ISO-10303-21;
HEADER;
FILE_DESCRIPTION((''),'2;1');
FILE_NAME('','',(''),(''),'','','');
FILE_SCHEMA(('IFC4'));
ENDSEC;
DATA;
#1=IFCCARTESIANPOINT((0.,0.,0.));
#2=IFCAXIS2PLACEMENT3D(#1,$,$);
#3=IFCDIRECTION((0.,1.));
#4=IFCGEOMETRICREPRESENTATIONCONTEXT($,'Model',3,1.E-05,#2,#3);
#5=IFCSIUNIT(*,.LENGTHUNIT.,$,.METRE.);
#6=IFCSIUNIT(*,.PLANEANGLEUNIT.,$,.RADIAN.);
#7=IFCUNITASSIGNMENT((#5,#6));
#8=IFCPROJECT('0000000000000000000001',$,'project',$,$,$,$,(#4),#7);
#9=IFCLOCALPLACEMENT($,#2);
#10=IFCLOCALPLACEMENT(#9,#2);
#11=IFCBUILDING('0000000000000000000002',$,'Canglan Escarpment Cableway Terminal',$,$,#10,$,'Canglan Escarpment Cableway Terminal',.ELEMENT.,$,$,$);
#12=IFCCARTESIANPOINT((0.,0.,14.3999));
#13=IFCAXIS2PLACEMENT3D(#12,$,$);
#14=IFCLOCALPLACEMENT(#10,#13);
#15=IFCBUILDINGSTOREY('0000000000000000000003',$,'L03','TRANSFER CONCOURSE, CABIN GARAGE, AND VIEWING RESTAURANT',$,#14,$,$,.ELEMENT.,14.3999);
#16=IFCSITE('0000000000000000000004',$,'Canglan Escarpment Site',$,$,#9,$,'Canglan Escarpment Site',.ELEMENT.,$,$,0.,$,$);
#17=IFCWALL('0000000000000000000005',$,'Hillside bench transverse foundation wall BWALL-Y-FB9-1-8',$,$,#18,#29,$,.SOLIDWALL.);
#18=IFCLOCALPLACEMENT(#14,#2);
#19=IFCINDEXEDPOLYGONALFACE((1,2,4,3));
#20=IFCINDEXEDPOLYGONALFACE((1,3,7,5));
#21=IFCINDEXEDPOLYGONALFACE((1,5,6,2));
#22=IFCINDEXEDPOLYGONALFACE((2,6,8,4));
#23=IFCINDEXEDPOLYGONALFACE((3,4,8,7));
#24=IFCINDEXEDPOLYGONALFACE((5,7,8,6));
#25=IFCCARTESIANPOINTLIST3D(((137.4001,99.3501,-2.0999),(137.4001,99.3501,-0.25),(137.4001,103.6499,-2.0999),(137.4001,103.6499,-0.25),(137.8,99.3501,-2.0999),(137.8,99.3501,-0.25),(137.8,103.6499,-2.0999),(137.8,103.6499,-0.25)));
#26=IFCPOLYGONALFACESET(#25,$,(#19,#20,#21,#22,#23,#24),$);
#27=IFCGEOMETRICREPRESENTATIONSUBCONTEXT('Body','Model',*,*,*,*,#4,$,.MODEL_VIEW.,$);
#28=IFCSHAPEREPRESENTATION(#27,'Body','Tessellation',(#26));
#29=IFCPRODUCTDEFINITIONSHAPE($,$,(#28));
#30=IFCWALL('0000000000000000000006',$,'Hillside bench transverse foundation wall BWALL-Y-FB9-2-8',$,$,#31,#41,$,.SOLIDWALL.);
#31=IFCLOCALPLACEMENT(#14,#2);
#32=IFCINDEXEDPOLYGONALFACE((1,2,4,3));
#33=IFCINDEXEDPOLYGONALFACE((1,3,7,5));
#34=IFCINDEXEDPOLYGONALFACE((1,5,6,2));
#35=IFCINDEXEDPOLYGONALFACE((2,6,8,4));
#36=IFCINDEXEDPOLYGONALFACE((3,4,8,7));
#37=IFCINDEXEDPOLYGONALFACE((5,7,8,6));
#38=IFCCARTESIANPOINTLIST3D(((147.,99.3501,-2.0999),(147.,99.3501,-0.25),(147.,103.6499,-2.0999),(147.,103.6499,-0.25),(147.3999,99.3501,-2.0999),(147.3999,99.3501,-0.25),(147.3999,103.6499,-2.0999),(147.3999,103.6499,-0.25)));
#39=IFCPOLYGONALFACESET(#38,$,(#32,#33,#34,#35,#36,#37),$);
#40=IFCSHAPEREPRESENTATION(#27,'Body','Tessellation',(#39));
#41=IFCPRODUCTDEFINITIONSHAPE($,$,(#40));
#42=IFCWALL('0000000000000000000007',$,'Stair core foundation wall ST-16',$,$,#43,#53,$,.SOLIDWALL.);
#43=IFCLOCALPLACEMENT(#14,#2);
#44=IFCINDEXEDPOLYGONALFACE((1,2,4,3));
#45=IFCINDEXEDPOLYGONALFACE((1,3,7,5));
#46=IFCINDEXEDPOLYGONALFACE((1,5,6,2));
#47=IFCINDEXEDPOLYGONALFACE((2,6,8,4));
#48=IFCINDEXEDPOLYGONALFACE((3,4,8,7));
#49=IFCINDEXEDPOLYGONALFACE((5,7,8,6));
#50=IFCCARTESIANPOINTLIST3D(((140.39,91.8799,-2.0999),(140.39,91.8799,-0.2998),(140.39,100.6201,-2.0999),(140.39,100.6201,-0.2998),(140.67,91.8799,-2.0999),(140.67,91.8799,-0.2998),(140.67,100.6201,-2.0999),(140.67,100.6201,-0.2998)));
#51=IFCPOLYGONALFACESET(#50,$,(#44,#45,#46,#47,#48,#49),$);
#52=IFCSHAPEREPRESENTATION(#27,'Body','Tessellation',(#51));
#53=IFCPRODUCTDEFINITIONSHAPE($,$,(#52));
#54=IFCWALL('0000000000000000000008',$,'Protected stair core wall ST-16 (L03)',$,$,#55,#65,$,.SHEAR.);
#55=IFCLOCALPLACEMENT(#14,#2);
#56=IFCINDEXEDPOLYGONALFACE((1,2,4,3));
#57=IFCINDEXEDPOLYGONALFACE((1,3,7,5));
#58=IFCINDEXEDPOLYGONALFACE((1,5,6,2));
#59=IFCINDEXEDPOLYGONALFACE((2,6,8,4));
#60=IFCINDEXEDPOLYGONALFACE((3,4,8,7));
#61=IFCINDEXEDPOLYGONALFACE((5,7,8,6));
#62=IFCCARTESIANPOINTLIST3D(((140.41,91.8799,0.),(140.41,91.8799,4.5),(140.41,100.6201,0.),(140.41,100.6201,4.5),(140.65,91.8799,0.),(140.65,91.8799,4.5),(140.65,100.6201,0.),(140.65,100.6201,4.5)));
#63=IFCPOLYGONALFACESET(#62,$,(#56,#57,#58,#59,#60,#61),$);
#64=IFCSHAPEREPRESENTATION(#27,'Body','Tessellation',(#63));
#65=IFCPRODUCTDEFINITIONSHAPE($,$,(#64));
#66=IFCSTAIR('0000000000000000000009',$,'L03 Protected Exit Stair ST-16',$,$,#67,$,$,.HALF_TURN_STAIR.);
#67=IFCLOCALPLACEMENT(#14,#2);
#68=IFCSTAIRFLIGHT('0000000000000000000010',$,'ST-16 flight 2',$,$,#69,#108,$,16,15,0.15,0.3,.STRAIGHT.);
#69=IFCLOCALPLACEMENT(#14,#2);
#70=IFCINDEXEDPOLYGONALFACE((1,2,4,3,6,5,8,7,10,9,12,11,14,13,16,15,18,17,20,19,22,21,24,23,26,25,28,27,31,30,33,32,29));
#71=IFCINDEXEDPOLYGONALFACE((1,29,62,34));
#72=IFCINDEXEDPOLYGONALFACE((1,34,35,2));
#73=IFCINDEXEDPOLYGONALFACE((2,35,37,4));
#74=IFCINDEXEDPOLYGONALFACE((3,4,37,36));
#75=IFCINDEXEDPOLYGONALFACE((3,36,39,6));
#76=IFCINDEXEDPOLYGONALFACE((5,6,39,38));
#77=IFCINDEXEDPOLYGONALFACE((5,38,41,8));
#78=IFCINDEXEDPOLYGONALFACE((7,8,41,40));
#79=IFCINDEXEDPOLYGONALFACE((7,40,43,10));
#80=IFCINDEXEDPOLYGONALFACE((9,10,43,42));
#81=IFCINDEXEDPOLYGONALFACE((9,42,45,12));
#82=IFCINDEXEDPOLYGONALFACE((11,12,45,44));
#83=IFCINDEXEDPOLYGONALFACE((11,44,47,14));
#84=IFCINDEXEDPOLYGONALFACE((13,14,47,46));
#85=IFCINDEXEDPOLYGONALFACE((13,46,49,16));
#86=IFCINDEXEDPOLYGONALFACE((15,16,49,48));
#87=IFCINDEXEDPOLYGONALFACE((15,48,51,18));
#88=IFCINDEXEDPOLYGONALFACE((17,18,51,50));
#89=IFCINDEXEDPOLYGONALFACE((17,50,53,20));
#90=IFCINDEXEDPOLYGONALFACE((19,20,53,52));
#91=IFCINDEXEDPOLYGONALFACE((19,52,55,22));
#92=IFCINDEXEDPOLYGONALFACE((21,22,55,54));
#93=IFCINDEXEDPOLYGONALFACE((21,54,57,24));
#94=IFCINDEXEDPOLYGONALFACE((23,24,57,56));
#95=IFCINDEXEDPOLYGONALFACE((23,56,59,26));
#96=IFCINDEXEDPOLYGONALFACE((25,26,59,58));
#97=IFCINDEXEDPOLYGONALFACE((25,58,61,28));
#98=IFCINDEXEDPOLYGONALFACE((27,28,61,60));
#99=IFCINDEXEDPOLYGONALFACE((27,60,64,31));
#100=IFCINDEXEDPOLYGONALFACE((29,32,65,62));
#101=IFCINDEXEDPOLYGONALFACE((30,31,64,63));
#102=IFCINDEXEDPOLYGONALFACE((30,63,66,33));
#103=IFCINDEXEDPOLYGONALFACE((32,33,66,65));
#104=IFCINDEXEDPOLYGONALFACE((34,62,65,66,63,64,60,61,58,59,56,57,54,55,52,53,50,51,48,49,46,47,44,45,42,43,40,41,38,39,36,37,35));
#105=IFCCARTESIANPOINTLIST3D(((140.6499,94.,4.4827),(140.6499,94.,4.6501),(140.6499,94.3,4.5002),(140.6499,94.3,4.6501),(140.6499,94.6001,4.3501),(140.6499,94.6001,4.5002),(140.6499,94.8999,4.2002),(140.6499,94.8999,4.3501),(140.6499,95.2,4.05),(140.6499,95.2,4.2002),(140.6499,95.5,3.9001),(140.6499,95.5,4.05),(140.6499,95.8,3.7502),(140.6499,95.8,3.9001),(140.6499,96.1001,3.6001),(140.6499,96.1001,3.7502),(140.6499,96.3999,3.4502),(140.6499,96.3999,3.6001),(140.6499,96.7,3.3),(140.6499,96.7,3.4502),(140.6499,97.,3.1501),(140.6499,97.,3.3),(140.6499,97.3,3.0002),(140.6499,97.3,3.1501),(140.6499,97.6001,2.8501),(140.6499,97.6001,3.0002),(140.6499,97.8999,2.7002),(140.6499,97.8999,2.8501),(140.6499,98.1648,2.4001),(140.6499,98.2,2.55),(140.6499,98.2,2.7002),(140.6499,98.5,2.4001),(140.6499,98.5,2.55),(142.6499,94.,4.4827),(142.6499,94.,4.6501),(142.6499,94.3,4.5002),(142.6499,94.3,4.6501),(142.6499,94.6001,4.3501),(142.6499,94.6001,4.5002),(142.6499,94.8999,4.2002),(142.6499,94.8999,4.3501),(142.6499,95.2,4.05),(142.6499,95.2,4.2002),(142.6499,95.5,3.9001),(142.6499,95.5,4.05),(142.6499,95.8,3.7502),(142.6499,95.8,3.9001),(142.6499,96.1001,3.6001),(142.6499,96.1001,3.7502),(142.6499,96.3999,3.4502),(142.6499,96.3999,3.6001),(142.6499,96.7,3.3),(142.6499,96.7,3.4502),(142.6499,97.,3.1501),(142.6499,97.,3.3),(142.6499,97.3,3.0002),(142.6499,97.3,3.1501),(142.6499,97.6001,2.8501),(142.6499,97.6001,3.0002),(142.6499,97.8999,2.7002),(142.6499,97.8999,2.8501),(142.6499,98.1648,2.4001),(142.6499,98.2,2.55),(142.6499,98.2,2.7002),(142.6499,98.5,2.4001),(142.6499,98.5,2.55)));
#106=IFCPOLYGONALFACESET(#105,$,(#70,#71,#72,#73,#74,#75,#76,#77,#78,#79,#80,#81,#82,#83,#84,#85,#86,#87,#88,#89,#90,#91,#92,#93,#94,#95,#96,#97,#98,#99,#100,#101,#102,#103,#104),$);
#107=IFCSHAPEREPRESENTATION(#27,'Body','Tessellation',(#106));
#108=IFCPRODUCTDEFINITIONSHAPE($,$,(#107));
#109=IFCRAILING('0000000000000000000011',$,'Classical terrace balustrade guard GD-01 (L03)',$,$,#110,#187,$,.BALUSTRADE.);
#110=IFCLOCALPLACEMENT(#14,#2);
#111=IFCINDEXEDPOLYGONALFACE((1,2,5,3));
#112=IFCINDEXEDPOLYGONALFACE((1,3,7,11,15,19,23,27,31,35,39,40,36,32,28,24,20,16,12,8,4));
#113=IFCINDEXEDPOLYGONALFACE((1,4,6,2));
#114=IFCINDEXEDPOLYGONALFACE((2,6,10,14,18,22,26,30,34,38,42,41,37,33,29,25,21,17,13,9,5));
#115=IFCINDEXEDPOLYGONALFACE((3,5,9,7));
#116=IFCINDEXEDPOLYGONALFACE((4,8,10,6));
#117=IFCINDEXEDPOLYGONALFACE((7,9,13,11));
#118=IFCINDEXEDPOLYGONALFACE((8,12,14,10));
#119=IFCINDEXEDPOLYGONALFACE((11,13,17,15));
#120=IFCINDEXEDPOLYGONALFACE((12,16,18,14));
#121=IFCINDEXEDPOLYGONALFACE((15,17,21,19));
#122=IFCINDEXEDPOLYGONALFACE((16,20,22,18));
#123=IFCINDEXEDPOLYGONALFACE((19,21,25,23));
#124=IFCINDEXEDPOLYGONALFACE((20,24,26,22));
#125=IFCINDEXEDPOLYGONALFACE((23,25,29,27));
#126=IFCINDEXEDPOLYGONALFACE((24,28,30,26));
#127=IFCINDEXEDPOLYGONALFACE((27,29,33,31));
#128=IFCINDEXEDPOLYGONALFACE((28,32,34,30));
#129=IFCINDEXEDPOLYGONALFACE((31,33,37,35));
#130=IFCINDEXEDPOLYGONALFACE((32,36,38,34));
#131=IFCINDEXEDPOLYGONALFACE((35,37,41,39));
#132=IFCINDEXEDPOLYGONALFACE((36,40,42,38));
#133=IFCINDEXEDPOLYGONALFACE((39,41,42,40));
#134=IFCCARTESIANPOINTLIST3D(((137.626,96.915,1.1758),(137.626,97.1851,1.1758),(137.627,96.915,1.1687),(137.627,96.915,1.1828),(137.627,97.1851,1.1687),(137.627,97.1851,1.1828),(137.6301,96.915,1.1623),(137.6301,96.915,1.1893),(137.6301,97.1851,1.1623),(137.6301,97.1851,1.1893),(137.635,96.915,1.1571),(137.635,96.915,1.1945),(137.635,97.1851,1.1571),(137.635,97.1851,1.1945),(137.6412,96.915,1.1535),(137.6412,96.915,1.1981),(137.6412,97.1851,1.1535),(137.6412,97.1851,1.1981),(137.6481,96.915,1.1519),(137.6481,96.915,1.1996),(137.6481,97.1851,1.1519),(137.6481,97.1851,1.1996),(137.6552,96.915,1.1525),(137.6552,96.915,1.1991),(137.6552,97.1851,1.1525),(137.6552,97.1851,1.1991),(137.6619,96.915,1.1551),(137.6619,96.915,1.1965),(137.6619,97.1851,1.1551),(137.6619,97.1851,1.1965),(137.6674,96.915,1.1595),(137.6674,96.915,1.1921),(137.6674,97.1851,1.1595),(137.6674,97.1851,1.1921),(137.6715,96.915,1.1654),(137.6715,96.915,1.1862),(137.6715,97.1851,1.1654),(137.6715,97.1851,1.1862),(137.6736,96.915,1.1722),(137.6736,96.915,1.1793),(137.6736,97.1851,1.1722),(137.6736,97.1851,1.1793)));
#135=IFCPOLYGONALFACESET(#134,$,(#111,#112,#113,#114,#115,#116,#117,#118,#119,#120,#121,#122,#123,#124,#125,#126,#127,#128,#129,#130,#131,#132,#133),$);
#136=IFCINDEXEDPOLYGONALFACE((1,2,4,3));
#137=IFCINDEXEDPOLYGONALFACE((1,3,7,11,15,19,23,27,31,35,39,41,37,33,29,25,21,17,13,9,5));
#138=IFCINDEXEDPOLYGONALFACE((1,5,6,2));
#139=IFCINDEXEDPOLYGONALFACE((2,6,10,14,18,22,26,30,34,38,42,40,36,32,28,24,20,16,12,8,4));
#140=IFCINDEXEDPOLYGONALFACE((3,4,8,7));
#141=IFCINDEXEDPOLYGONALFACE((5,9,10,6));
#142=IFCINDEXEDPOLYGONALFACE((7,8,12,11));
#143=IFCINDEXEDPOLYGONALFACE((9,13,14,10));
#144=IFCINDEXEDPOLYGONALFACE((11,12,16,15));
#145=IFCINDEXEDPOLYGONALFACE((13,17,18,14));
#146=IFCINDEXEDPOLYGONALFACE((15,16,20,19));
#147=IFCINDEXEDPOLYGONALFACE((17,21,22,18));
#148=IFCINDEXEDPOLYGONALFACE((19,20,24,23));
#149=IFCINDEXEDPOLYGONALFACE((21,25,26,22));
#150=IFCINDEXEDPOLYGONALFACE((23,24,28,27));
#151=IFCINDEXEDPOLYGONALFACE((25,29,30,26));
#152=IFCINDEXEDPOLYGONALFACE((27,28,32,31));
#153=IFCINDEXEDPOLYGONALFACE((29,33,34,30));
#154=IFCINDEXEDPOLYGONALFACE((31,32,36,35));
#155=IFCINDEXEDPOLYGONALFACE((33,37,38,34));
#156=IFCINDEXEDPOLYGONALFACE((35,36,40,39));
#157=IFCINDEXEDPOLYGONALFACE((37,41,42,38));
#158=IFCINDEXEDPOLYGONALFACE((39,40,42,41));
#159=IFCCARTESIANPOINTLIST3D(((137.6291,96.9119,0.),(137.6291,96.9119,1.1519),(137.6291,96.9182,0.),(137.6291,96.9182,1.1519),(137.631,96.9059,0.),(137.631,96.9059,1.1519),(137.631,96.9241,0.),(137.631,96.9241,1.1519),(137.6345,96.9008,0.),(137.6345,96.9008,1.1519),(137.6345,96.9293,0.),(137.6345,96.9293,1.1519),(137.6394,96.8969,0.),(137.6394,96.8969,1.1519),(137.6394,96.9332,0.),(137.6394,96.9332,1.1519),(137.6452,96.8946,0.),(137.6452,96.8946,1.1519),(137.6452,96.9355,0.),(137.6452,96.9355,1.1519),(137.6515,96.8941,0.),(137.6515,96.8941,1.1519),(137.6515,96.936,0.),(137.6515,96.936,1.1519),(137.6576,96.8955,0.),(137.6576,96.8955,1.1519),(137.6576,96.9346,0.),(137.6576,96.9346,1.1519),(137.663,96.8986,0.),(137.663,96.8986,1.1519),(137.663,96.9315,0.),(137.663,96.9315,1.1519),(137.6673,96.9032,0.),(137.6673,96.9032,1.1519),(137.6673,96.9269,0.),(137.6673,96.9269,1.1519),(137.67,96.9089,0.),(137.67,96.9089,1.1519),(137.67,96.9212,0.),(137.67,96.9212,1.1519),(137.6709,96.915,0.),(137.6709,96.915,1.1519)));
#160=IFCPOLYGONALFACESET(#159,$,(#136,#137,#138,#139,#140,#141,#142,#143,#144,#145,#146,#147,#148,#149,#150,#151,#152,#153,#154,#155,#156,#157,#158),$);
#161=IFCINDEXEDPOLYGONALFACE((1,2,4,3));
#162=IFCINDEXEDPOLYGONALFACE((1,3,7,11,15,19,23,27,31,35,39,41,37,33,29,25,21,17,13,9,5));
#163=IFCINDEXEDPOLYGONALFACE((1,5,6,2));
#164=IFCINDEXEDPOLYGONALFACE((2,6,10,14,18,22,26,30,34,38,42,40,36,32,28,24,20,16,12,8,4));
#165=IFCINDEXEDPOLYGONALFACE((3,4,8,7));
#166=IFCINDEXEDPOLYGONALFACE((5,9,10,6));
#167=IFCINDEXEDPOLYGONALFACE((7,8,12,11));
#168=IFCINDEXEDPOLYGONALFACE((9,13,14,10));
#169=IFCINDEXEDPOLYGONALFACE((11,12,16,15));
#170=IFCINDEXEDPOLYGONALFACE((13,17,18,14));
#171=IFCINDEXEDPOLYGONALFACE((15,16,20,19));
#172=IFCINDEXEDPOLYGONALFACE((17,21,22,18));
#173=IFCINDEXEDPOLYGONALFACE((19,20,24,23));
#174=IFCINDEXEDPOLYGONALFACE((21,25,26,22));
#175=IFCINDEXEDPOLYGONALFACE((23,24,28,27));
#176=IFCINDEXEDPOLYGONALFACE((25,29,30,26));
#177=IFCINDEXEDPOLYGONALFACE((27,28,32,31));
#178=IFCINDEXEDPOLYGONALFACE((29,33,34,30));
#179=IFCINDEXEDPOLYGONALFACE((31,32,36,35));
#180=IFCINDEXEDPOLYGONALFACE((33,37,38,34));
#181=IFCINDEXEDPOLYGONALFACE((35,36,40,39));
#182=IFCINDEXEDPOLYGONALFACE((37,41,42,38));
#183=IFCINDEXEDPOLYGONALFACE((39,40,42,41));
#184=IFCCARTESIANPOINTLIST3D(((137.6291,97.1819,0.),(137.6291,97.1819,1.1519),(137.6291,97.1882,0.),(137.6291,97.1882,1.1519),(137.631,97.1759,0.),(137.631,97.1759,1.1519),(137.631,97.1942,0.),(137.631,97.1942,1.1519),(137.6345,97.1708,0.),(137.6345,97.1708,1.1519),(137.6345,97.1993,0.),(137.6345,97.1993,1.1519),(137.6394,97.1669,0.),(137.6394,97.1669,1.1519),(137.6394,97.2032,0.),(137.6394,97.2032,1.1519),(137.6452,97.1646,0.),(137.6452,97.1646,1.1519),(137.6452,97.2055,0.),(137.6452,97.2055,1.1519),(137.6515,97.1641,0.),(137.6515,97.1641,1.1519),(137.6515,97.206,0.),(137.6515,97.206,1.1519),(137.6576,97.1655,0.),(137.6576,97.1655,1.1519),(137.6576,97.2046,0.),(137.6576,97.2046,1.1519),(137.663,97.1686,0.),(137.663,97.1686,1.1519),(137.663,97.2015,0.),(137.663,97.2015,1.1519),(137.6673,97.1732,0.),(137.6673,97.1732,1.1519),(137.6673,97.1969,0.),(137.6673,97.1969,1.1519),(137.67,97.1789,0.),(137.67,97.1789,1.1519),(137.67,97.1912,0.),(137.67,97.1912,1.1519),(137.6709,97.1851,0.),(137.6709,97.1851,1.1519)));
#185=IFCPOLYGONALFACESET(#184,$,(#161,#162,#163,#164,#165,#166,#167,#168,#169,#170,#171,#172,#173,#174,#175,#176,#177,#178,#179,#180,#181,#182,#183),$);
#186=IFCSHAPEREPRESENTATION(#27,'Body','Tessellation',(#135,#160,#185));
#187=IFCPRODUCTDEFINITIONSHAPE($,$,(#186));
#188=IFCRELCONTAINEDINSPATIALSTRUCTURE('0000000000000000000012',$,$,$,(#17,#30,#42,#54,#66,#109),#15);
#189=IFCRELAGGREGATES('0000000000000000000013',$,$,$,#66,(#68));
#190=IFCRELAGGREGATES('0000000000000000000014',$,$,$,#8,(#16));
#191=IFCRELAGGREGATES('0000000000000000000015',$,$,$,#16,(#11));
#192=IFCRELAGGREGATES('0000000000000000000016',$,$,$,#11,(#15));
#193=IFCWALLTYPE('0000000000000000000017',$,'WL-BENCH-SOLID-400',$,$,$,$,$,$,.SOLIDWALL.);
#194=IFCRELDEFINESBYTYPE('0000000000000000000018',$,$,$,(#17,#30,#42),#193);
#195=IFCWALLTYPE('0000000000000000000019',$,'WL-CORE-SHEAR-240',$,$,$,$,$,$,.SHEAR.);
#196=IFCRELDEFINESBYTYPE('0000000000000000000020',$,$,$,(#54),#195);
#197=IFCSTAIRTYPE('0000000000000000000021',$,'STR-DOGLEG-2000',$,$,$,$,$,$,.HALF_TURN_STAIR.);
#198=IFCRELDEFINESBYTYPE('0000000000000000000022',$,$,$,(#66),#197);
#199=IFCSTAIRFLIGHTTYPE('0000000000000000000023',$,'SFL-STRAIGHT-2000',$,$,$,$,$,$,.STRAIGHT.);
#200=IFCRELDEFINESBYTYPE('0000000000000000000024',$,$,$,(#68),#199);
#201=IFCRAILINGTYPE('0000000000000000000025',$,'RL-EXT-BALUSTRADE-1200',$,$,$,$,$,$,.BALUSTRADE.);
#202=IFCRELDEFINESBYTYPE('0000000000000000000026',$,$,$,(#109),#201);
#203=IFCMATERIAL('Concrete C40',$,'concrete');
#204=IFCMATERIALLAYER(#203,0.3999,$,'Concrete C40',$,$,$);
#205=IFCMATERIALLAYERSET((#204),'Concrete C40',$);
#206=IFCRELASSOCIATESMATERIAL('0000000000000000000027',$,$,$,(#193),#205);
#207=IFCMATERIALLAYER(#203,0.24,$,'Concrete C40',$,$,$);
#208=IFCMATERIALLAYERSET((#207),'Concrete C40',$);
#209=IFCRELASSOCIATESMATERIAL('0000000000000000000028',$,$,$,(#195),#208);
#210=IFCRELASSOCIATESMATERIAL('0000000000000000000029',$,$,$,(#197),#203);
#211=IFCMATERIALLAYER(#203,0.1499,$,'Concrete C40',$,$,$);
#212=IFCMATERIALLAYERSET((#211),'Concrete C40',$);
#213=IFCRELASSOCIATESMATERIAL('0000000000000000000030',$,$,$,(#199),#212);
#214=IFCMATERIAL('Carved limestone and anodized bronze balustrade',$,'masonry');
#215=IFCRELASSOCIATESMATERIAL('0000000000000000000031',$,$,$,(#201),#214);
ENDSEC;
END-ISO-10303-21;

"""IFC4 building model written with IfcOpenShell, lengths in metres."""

from ifc_helpers import new_model, si_unit, direction, frame, frame_2d, origin, origin_2d, place, context, subcontext, project, spatial, polyline, rectangle, circle, outline, extrude, material, layer, layer_set, type_object, element, aggregate, save


model = new_model("IFC4")

# Units and contexts
model_context = context("Model", 3, precision=1e-05, world=origin(), true_north=direction((0.0, 1.0)))
body_context = subcontext(model_context, "Body", "Model", "MODEL_VIEW")
ifc_project = project(units=[si_unit("LENGTHUNIT", "METRE"), si_unit("PLANEANGLEUNIT", "RADIAN")], contexts=[model_context])

# Site, building, storey
site_placement = place(None, origin())
site = spatial("IfcSite", under=ifc_project, at=site_placement, Name="Canglan Escarpment Site", LongName="Canglan Escarpment Site", CompositionType="ELEMENT", RefElevation=0.0)
building_placement = place(site_placement, origin())
building = spatial("IfcBuilding", under=site, at=building_placement, Name="Canglan Escarpment Cableway Terminal", LongName="Canglan Escarpment Cableway Terminal", CompositionType="ELEMENT")
storey_placement = place(building_placement, frame((0.0, 0.0, 14.3999)))
storey = spatial("IfcBuildingStorey", under=building, at=storey_placement, Name="L03", Description="TRANSFER CONCOURSE, CABIN GARAGE, AND VIEWING RESTAURANT", CompositionType="ELEMENT", Elevation=14.3999)

# Shared definitions
ifc_material_1 = material(Name="Concrete C40", Category="concrete")

# Walls
ifc_layer_1 = layer(ifc_material_1, 0.3999, Name="Concrete C40")
ifc_layer_set_1 = layer_set([ifc_layer_1], Name="Concrete C40")
wall_type_1 = type_object("IfcWallType", Name="WL-BENCH-SOLID-400", PredefinedType="SOLIDWALL", material=ifc_layer_set_1)
for number, where, z_axis, x_axis, name in (
    (1, (137.6001, 99.3501, -2.0999), (0.0, 0.0, 1.0), (0.0, 1.0, 0.0), "Hillside bench transverse foundation wall BWALL-Y-FB9-1-8"),
    (2, (147.2, 99.3501, -2.0999), (0.0, 0.0, 1.0), (0.0, 1.0, 0.0), "Hillside bench transverse foundation wall BWALL-Y-FB9-2-8"),
):
    element("IfcWall", number, at=place(storey_placement, frame(where, z_axis=z_axis, x_axis=x_axis)), inside=storey, type_object=wall_type_1, Name=name, PredefinedType="SOLIDWALL", context=body_context, shape_type="SweptSolid", body=[
        extrude(rectangle(XDim=4.2998, YDim=0.3999, at=frame_2d((2.1499, 0.0))), origin(), (0.0, 0.0, 1.0), 1.8499),
    ])
wall_1_placement = place(storey_placement, frame((140.53, 100.6201, -2.0999), z_axis=(0.0, 0.0, 1.0), x_axis=(0.0, -1.0, 0.0)))
element("IfcWall", 3, at=wall_1_placement, inside=storey, type_object=wall_type_1, Name="Stair core foundation wall ST-16", PredefinedType="SOLIDWALL", context=body_context, shape_type="SweptSolid", body=[
    extrude(rectangle(XDim=8.7402, YDim=0.28, at=frame_2d((4.3701, 0.0))), origin(), (0.0, 0.0, 1.0), 1.8),
])
ifc_layer_2 = layer(ifc_material_1, 0.24, Name="Concrete C40")
ifc_layer_set_2 = layer_set([ifc_layer_2], Name="Concrete C40")
wall_type_2 = type_object("IfcWallType", Name="WL-CORE-SHEAR-240", PredefinedType="SHEAR", material=ifc_layer_set_2)
wall_2_placement = place(storey_placement, frame((140.53, 100.6201, 0.0), z_axis=(0.0, 0.0, 1.0), x_axis=(0.0, -1.0, 0.0)))
element("IfcWall", 4, at=wall_2_placement, inside=storey, type_object=wall_type_2, Name="Protected stair core wall ST-16 (L03)", PredefinedType="SHEAR", context=body_context, shape_type="SweptSolid", body=[
    extrude(rectangle(XDim=8.7402, YDim=0.24, at=frame_2d((4.3701, 0.0))), origin(), (0.0, 0.0, 1.0), 4.5),
])

# Stair, stair flight
stair_type = type_object("IfcStairType", Name="STR-DOGLEG-2000", PredefinedType="HALF_TURN_STAIR", material=ifc_material_1)
stair_placement = place(storey_placement, origin())
stair = element("IfcStair", 5, at=stair_placement, inside=storey, type_object=stair_type, Name="L03 Protected Exit Stair ST-16", PredefinedType="HALF_TURN_STAIR")
ifc_layer_3 = layer(ifc_material_1, 0.1499, Name="Concrete C40")
ifc_layer_set_3 = layer_set([ifc_layer_3], Name="Concrete C40")
stair_flight_type = type_object("IfcStairFlightType", Name="SFL-STRAIGHT-2000", PredefinedType="STRAIGHT", material=ifc_layer_set_3)
stair_flight_placement = place(storey_placement, frame((141.6499, 98.5, 2.4001), z_axis=(0.0, 0.0, 1.0), x_axis=(0.0, -1.0, 0.0)))
stair_flight = element("IfcStairFlight", 6, at=stair_flight_placement, type_object=stair_flight_type, Name="ST-16 flight 2", NumberOfRisers=16, NumberOfTreads=15, PredefinedType="STRAIGHT", RiserHeight=0.15, TreadLength=0.3, context=body_context, shape_type="SweptSolid", body=[
    extrude(outline(polyline([(0.0, 0.0), (0.0, 0.1499), (0.3, 0.1499), (0.3, 0.3), (0.6001, 0.3), (0.6001, 0.45), (0.8999, 0.45), (0.8999, 0.6001), (1.2, 0.6001), (1.2, 0.75), (1.5, 0.75), (1.5, 0.8999), (1.8, 0.8999), (1.8, 1.05), (2.1001, 1.05), (2.1001, 1.2), (2.3999, 1.2), (2.3999, 1.3501), (2.7, 1.3501), (2.7, 1.5), (3.0, 1.5), (3.0, 1.6499), (3.3, 1.6499), (3.3, 1.8), (3.6001, 1.8), (3.6001, 1.95), (3.8999, 1.95), (3.8999, 2.1001), (4.2, 2.1001), (4.2, 2.25), (4.5, 2.25), (4.5, 2.3999), (4.5, 2.0825), (0.3352, 0.0), (0.0, 0.0)])), frame((0.0, 1.0, 0.0), z_axis=(0.0, -1.0, 0.0), x_axis=(1.0, 0.0, 0.0)), (0.0, 0.0, 1.0), 2.0),
])
aggregate(stair, [stair_flight])

# Railing
ifc_material_2 = material(Name="Carved limestone and anodized bronze balustrade", Category="masonry")
railing_type_1 = type_object("IfcRailingType", Name="RL-EXT-BALUSTRADE-1200", PredefinedType="BALUSTRADE", material=ifc_material_2)
railing_1_placement = place(storey_placement, frame((137.6499, 96.915, 0.0)))
element("IfcRailing", 7, at=railing_1_placement, inside=storey, type_object=railing_type_1, Name="Classical terrace balustrade guard GD-01 (L03)", PredefinedType="BALUSTRADE", context=body_context, shape_type="SweptSolid", body=[
    extrude(circle(Radius=0.0239, at=origin_2d()), frame((0.0, 0.0, 1.1758), z_axis=(0.0, 1.0, 0.0), x_axis=(-1.0, 0.0, 0.0)), (0.0, 0.0, 1.0), 0.27),
    extrude(circle(Radius=0.021, at=origin_2d()), origin(), (0.0, 0.0, 1.0), 1.1519),
    extrude(circle(Radius=0.021, at=origin_2d()), frame((0.0, 0.27, 0.0)), (0.0, 0.0, 1.0), 1.1519),
])

save(model, "model.ifc")
